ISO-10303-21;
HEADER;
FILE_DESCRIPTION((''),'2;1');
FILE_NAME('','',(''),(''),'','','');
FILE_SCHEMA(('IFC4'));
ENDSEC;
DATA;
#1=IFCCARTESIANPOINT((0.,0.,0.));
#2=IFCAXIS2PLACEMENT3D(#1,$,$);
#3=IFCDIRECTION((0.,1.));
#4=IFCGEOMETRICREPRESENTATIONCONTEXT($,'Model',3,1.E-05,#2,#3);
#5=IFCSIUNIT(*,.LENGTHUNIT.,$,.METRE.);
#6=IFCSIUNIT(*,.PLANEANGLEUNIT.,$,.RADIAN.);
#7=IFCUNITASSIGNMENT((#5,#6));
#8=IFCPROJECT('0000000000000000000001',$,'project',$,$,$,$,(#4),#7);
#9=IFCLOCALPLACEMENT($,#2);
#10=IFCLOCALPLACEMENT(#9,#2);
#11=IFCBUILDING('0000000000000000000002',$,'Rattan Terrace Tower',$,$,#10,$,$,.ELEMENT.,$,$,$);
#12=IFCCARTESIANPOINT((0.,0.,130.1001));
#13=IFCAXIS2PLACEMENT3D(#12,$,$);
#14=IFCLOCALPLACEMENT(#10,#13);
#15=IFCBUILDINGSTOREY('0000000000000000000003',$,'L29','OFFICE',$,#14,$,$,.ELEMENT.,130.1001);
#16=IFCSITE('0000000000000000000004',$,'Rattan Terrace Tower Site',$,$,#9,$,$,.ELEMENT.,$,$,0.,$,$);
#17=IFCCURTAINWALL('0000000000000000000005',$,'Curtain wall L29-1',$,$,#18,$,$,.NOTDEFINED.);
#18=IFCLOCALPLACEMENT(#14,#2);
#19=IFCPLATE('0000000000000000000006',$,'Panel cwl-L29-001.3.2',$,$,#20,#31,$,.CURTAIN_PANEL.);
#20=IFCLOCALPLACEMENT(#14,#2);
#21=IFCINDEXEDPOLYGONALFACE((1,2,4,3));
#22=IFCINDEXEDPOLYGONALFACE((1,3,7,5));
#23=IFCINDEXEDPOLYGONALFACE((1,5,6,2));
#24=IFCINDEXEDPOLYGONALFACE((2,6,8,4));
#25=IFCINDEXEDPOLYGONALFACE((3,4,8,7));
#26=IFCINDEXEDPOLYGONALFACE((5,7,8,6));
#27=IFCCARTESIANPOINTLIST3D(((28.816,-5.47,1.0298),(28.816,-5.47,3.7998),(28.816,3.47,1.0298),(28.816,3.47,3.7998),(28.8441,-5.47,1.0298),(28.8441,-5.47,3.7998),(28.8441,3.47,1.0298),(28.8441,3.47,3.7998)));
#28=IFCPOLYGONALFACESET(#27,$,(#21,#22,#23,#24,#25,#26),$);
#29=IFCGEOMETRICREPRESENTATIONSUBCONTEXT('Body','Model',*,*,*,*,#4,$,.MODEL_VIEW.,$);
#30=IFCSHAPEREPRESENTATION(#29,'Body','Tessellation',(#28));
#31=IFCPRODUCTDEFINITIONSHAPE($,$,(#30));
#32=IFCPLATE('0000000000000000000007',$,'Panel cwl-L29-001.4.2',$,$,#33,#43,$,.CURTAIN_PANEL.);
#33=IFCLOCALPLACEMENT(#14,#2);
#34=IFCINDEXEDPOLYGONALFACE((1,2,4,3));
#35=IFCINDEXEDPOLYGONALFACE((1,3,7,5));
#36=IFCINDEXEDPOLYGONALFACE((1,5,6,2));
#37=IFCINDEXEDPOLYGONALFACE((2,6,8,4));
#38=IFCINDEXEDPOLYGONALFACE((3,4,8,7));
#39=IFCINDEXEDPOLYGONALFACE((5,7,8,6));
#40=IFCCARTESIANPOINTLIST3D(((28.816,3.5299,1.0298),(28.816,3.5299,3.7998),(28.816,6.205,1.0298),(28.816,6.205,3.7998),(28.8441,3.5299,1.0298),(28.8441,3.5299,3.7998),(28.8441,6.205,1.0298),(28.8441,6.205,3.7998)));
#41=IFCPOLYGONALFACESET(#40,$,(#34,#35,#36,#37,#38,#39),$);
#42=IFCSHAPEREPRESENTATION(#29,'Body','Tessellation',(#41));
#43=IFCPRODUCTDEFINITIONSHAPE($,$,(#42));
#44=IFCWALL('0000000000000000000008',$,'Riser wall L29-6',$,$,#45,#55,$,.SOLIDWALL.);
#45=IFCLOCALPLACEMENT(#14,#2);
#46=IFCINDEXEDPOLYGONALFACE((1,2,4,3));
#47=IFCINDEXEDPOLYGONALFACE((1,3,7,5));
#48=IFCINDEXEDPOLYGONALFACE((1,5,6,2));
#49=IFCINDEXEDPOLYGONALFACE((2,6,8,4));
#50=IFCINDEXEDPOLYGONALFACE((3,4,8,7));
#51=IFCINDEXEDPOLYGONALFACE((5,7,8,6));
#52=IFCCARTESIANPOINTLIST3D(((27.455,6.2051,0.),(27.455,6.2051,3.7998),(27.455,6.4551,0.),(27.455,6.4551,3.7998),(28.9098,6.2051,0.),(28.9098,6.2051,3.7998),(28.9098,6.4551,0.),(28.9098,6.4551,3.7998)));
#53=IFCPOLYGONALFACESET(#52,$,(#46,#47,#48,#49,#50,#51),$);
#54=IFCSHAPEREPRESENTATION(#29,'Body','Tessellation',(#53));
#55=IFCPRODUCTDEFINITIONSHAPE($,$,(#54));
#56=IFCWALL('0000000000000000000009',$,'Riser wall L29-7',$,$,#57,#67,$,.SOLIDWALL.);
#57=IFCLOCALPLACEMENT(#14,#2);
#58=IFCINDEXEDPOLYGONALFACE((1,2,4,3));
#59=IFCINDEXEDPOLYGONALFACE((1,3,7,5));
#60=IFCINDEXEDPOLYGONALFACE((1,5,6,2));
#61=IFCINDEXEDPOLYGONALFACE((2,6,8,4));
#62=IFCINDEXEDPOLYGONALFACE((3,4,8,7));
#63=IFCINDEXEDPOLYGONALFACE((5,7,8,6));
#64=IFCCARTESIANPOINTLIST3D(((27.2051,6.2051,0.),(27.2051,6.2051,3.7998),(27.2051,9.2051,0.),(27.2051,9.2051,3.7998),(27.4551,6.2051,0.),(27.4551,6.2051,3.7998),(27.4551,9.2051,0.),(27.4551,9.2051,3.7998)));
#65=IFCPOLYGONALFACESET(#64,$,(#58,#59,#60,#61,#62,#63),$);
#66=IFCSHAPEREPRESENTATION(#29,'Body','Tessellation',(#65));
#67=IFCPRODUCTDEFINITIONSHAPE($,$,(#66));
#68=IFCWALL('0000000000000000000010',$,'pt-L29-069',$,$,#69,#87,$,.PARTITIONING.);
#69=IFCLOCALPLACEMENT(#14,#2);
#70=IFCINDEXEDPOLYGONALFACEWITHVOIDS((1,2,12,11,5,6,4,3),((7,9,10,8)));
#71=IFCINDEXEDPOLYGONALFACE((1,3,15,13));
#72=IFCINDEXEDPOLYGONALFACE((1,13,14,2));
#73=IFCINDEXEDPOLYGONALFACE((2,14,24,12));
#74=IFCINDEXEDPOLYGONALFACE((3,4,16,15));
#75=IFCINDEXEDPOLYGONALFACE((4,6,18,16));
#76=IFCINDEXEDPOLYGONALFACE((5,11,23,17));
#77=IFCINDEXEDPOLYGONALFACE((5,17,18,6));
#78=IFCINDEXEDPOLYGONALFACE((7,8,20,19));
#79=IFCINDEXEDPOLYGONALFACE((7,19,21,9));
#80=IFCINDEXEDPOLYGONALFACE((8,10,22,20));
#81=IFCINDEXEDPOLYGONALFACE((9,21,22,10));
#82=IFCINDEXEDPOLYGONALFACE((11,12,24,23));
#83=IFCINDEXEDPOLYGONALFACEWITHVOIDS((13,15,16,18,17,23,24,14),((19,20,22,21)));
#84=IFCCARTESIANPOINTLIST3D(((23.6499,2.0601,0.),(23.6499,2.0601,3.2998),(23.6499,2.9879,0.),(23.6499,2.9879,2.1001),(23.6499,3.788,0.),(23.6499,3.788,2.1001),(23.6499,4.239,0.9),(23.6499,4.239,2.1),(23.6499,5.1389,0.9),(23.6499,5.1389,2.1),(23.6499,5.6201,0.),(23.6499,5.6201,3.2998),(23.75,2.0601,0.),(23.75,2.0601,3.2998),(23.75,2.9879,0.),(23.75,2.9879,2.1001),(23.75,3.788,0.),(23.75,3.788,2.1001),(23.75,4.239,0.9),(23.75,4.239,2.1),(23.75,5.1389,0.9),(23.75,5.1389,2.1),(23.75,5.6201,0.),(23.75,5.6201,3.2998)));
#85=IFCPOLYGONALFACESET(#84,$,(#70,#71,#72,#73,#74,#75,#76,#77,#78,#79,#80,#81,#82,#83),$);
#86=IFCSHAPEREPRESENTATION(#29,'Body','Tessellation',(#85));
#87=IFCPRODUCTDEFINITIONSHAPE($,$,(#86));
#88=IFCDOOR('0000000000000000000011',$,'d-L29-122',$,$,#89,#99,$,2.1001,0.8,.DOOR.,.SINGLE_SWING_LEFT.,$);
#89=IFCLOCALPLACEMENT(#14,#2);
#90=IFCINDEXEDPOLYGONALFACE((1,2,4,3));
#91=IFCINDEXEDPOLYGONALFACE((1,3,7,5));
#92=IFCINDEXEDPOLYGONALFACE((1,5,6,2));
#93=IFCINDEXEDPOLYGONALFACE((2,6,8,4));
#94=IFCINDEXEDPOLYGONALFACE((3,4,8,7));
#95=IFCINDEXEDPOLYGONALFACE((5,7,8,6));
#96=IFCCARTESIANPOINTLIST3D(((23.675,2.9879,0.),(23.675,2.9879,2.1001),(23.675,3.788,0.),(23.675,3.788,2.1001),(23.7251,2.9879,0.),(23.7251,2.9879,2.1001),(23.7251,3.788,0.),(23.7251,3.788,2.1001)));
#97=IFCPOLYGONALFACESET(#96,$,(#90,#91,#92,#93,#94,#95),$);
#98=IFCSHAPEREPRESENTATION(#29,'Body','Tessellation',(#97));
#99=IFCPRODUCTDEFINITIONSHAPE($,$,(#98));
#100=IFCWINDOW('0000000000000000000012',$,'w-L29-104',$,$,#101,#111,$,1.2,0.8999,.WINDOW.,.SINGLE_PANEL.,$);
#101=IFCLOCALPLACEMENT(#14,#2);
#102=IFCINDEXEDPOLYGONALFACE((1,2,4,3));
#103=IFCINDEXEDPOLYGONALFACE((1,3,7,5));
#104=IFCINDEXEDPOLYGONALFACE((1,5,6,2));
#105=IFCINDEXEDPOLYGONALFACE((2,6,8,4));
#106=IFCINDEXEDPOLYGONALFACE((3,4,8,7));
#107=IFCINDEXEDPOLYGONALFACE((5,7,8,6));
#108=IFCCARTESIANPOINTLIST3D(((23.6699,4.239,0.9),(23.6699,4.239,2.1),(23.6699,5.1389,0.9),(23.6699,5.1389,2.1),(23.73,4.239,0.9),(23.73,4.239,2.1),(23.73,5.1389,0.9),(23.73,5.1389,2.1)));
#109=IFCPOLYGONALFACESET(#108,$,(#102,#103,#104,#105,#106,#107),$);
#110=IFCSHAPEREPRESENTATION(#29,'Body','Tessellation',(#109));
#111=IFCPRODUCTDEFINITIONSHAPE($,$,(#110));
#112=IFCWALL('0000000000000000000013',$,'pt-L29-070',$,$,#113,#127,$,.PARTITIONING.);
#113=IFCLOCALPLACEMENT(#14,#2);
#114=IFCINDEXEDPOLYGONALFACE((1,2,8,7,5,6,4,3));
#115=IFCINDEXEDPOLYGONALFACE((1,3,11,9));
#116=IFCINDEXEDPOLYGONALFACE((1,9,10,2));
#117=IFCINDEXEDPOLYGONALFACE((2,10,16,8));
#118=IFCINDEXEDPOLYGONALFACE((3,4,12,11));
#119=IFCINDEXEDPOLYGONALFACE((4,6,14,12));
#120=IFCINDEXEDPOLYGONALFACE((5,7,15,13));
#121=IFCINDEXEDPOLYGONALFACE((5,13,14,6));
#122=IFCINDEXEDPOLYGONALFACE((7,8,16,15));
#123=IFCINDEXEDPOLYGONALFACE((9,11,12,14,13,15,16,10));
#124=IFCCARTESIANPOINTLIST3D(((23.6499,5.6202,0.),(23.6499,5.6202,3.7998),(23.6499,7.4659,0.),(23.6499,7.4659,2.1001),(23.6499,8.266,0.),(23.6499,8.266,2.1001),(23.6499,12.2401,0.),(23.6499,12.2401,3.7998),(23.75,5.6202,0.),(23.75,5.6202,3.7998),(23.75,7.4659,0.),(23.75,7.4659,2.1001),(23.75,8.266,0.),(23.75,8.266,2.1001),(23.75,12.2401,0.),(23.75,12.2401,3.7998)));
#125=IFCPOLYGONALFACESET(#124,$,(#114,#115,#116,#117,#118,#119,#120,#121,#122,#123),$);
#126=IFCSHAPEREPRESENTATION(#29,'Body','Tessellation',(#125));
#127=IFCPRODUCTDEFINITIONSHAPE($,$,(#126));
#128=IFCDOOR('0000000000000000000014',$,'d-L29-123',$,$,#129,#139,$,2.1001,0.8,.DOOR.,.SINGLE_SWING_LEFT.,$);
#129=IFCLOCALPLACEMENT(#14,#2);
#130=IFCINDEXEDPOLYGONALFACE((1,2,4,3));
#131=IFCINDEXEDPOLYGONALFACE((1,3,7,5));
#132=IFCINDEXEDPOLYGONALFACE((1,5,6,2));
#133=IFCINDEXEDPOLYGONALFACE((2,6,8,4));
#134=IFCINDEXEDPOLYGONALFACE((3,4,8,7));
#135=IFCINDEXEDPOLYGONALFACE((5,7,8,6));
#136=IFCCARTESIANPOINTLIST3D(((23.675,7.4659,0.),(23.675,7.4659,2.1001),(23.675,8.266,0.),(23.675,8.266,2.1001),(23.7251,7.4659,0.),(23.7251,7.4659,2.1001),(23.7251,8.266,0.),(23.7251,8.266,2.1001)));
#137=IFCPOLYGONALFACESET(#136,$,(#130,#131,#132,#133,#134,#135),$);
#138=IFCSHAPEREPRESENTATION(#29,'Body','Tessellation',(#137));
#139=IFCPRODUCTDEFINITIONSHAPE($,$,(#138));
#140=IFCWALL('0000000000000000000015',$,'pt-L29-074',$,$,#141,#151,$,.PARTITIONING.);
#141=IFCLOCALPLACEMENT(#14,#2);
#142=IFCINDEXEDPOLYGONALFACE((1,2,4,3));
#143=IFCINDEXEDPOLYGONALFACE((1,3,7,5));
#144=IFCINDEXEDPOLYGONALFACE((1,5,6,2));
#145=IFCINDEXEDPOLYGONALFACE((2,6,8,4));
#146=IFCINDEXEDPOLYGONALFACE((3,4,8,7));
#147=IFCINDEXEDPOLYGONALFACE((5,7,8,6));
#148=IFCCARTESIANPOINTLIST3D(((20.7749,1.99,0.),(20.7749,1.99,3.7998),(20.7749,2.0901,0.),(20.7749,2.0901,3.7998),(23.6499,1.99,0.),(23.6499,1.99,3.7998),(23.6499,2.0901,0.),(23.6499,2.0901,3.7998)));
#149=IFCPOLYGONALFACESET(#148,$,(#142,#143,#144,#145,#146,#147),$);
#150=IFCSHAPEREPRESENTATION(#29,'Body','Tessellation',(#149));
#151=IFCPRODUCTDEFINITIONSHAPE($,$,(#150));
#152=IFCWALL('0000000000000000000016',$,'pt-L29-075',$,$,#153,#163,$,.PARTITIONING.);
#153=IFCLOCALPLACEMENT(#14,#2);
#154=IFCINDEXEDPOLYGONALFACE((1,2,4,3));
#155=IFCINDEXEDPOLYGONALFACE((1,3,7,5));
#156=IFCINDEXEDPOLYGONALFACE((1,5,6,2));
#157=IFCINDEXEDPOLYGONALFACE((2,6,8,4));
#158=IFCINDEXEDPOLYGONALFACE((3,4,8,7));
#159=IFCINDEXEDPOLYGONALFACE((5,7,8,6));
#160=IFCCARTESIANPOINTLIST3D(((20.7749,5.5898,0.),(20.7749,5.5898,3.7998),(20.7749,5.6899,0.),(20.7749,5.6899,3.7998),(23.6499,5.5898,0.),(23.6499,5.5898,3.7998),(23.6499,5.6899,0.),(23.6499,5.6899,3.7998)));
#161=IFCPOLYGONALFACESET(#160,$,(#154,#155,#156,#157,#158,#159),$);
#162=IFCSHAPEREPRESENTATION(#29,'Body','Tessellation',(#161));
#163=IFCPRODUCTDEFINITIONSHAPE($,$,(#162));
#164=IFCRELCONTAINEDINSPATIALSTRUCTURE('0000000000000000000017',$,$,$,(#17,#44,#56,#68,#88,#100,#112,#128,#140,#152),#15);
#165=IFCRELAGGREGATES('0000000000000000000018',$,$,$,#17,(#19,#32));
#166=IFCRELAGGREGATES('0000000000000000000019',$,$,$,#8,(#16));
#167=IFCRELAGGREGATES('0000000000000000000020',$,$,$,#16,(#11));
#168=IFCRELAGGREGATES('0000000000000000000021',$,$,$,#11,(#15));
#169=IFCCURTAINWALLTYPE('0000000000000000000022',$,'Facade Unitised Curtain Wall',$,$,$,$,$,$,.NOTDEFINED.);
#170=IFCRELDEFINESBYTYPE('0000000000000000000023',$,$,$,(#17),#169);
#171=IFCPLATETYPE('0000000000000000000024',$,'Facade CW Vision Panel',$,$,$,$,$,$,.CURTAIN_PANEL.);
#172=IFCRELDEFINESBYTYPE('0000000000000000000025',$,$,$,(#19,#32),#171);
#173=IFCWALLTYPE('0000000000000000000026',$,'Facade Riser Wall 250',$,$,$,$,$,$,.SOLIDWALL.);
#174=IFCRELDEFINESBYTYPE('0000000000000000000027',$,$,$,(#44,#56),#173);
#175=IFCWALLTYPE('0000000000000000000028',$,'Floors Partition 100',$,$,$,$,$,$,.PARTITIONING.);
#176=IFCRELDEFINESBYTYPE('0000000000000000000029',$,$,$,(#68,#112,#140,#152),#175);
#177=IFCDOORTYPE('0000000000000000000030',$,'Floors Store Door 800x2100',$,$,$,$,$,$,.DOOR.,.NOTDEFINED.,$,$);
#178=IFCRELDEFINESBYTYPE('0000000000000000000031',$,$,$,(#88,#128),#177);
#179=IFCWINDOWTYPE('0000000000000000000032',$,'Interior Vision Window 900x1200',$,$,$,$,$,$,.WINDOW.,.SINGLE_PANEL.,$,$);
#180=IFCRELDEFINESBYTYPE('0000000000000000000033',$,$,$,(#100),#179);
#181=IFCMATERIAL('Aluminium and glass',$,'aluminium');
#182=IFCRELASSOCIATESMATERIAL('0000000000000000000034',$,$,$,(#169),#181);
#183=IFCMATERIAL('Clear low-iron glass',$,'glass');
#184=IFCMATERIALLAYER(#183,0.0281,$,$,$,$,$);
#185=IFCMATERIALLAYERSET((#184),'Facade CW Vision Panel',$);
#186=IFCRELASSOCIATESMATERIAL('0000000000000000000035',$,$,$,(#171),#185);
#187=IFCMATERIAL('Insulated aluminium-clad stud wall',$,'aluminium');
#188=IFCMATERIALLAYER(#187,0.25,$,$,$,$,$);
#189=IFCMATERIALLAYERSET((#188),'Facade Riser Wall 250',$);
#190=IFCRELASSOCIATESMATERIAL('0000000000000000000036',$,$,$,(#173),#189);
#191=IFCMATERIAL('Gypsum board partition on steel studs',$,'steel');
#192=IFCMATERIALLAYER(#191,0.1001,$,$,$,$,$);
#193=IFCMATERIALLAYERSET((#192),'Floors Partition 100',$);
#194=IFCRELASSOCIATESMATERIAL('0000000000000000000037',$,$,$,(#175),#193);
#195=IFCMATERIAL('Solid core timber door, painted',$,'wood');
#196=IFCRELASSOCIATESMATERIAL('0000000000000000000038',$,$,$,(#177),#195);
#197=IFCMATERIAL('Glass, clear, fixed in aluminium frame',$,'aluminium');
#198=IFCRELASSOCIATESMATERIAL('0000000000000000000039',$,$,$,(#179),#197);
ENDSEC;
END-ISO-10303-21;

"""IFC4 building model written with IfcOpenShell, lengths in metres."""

from ifc_helpers import new_model, si_unit, direction, frame, frame_2d, origin, origin_2d, place, context, subcontext, project, spatial, rectangle, extrude, material, layer, layer_set, type_object, element, fill, aggregate, save


model = new_model("IFC4")

# Units and contexts
model_context = context("Model", 3, precision=1e-05, world=origin(), true_north=direction((0.0, 1.0)))
body_context = subcontext(model_context, "Body", "Model", "MODEL_VIEW")
ifc_project = project(units=[si_unit("LENGTHUNIT", "METRE"), si_unit("PLANEANGLEUNIT", "RADIAN")], contexts=[model_context])

# Site, building, storey
site_placement = place(None, origin())
site = spatial("IfcSite", under=ifc_project, at=site_placement, Name="Rattan Terrace Tower Site", CompositionType="ELEMENT", RefElevation=0.0)
building_placement = place(site_placement, origin())
building = spatial("IfcBuilding", under=site, at=building_placement, Name="Rattan Terrace Tower", CompositionType="ELEMENT")
storey_placement = place(building_placement, frame((0.0, 0.0, 130.1001)))
storey = spatial("IfcBuildingStorey", under=building, at=storey_placement, Name="L29", Description="OFFICE", CompositionType="ELEMENT", Elevation=130.1001)

# Curtain wall
ifc_material_1 = material(Name="Aluminium and glass", Category="aluminium")
curtain_wall_type = type_object("IfcCurtainWallType", Name="Facade Unitised Curtain Wall", PredefinedType="NOTDEFINED", material=ifc_material_1)
curtain_wall_placement = place(storey_placement, origin())
curtain_wall = element("IfcCurtainWall", 1, at=curtain_wall_placement, inside=storey, type_object=curtain_wall_type, Name="Curtain wall L29-1", PredefinedType="NOTDEFINED")

# Plates
ifc_material_2 = material(Name="Clear low-iron glass", Category="glass")
ifc_layer_1 = layer(ifc_material_2, 0.0281)
ifc_layer_set_1 = layer_set([ifc_layer_1], Name="Facade CW Vision Panel")
plate_type_1 = type_object("IfcPlateType", Name="Facade CW Vision Panel", PredefinedType="CURTAIN_PANEL", material=ifc_layer_set_1)
plate_1_placement = place(storey_placement, frame((28.8301, -1.0, 1.0298), z_axis=(0.0, 0.0, 1.0), x_axis=(0.0, 1.0, 0.0)))
plate_1 = element("IfcPlate", 2, at=plate_1_placement, type_object=plate_type_1, Name="Panel cwl-L29-001.3.2", PredefinedType="CURTAIN_PANEL", context=body_context, shape_type="SweptSolid", body=[
    extrude(rectangle(XDim=8.9399, YDim=0.0281, at=origin_2d()), origin(), (0.0, 0.0, 1.0), 2.77),
])
plate_2_placement = place(storey_placement, frame((28.8301, 4.8674, 1.0298), z_axis=(0.0, 0.0, 1.0), x_axis=(0.0, 1.0, 0.0)))
plate_2 = element("IfcPlate", 3, at=plate_2_placement, type_object=plate_type_1, Name="Panel cwl-L29-001.4.2", PredefinedType="CURTAIN_PANEL", context=body_context, shape_type="SweptSolid", body=[
    extrude(rectangle(XDim=2.675, YDim=0.0281, at=origin_2d()), origin(), (0.0, 0.0, 1.0), 2.77),
])
aggregate(curtain_wall, [plate_1, plate_2])

# Walls
ifc_material_3 = material(Name="Insulated aluminium-clad stud wall", Category="aluminium")
ifc_layer_2 = layer(ifc_material_3, 0.25)
ifc_layer_set_2 = layer_set([ifc_layer_2], Name="Facade Riser Wall 250")
wall_type_1 = type_object("IfcWallType", Name="Facade Riser Wall 250", PredefinedType="SOLIDWALL", material=ifc_layer_set_2)
wall_1_placement = place(storey_placement, frame((28.9099, 6.3301, 0.0), z_axis=(0.0, 0.0, 1.0), x_axis=(-1.0, 0.0, 0.0)))
element("IfcWall", 4, at=wall_1_placement, inside=storey, type_object=wall_type_1, Name="Riser wall L29-6", PredefinedType="SOLIDWALL", context=body_context, shape_type="SweptSolid", body=[
    extrude(rectangle(XDim=1.4548, YDim=0.25, at=frame_2d((0.7275, 0.0))), origin(), (0.0, 0.0, 1.0), 3.7998),
])
wall_2_placement = place(storey_placement, frame((27.3301, 6.2051, 0.0), z_axis=(0.0, 0.0, 1.0), x_axis=(0.0, 1.0, 0.0)))
element("IfcWall", 5, at=wall_2_placement, inside=storey, type_object=wall_type_1, Name="Riser wall L29-7", PredefinedType="SOLIDWALL", context=body_context, shape_type="SweptSolid", body=[
    extrude(rectangle(XDim=3.0, YDim=0.25, at=frame_2d((1.5, 0.0))), origin(), (0.0, 0.0, 1.0), 3.7998),
])

# Wall, openings, door, window
ifc_material_4 = material(Name="Gypsum board partition on steel studs", Category="steel")
ifc_layer_3 = layer(ifc_material_4, 0.1001)
ifc_layer_set_3 = layer_set([ifc_layer_3], Name="Floors Partition 100")
wall_type_2 = type_object("IfcWallType", Name="Floors Partition 100", PredefinedType="PARTITIONING", material=ifc_layer_set_3)
wall_3_placement = place(storey_placement, frame((23.7, 2.0601, 0.0), z_axis=(0.0, 0.0, 1.0), x_axis=(0.0, 1.0, 0.0)))
wall_3 = element("IfcWall", 6, at=wall_3_placement, inside=storey, type_object=wall_type_2, Name="pt-L29-069", PredefinedType="PARTITIONING", context=body_context, shape_type="SweptSolid", body=[
    extrude(rectangle(XDim=3.5601, YDim=0.1001, at=frame_2d((1.78, 0.0))), origin(), (0.0, 0.0, 1.0), 3.2998),
])
opening_1_placement = place(wall_3_placement, frame((0.928, 0.0, 0.0)))
opening_1 = element("IfcOpeningElement", 7, at=opening_1_placement, cuts=wall_3, PredefinedType="OPENING", context=body_context, shape_type="SweptSolid", body=[
    extrude(rectangle(XDim=0.8, YDim=2.1001, at=frame_2d((0.3999, 1.05))), frame((0.0, 0.0605, 0.0), z_axis=(0.0, -1.0, 0.0), x_axis=(1.0, 0.0, 0.0)), (0.0, 0.0, 1.0), 0.1211),
])
opening_2_placement = place(wall_3_placement, frame((2.179, 0.0, 0.8999)))
opening_2 = element("IfcOpeningElement", 8, at=opening_2_placement, cuts=wall_3, PredefinedType="OPENING", context=body_context, shape_type="SweptSolid", body=[
    extrude(rectangle(XDim=0.8999, YDim=1.2, at=frame_2d((0.45, 0.6001))), frame((0.0, 0.0605, 0.0), z_axis=(0.0, -1.0, 0.0), x_axis=(1.0, 0.0, 0.0)), (0.0, 0.0, 1.0), 0.1211),
])
ifc_material_5 = material(Name="Solid core timber door, painted", Category="wood")
door_type_1 = type_object("IfcDoorType", Name="Floors Store Door 800x2100", OperationType="NOTDEFINED", PredefinedType="DOOR", material=ifc_material_5)
door_1_placement = place(opening_1_placement, origin())
door_1 = element("IfcDoor", 9, at=door_1_placement, inside=storey, type_object=door_type_1, Name="d-L29-122", OperationType="SINGLE_SWING_LEFT", OverallHeight=2.1001, OverallWidth=0.8, PredefinedType="DOOR", context=body_context, shape_type="SweptSolid", body=[
    extrude(rectangle(XDim=0.8, YDim=2.1001, at=frame_2d((0.3999, 1.05))), frame((0.0, 0.0249, 0.0), z_axis=(0.0, -1.0, 0.0), x_axis=(1.0, 0.0, 0.0)), (0.0, 0.0, 1.0), 0.05),
])
fill(opening_1, door_1)
ifc_material_6 = material(Name="Glass, clear, fixed in aluminium frame", Category="aluminium")
window_type = type_object("IfcWindowType", Name="Interior Vision Window 900x1200", PartitioningType="SINGLE_PANEL", PredefinedType="WINDOW", material=ifc_material_6)
window_placement = place(opening_2_placement, origin())
window = element("IfcWindow", 10, at=window_placement, inside=storey, type_object=window_type, Name="w-L29-104", OverallHeight=1.2, OverallWidth=0.8999, PartitioningType="SINGLE_PANEL", PredefinedType="WINDOW", context=body_context, shape_type="SweptSolid", body=[
    extrude(rectangle(XDim=0.8999, YDim=1.2, at=frame_2d((0.45, 0.6001))), frame((0.0, 0.03, 0.0), z_axis=(0.0, -1.0, 0.0), x_axis=(1.0, 0.0, 0.0)), (0.0, 0.0, 1.0), 0.0601),
])
fill(opening_2, window)

# Wall, opening, door
wall_4_placement = place(storey_placement, frame((23.7, 5.6201, 0.0), z_axis=(0.0, 0.0, 1.0), x_axis=(0.0, 1.0, 0.0)))
wall_4 = element("IfcWall", 11, at=wall_4_placement, inside=storey, type_object=wall_type_2, Name="pt-L29-070", PredefinedType="PARTITIONING", context=body_context, shape_type="SweptSolid", body=[
    extrude(rectangle(XDim=6.6199, YDim=0.1001, at=frame_2d((3.3101, 0.0))), origin(), (0.0, 0.0, 1.0), 3.7998),
])
opening_3_placement = place(wall_4_placement, frame((1.8459, 0.0, 0.0)))
opening_3 = element("IfcOpeningElement", 12, at=opening_3_placement, cuts=wall_4, PredefinedType="OPENING", context=body_context, shape_type="SweptSolid", body=[
    extrude(rectangle(XDim=0.8, YDim=2.1001, at=frame_2d((0.3999, 1.05))), frame((0.0, 0.0605, 0.0), z_axis=(0.0, -1.0, 0.0), x_axis=(1.0, 0.0, 0.0)), (0.0, 0.0, 1.0), 0.1211),
])
door_2_placement = place(opening_3_placement, origin())
door_2 = element("IfcDoor", 13, at=door_2_placement, inside=storey, type_object=door_type_1, Name="d-L29-123", OperationType="SINGLE_SWING_LEFT", OverallHeight=2.1001, OverallWidth=0.8, PredefinedType="DOOR", context=body_context, shape_type="SweptSolid", body=[
    extrude(rectangle(XDim=0.8, YDim=2.1001, at=frame_2d((0.3999, 1.05))), frame((0.0, 0.0249, 0.0), z_axis=(0.0, -1.0, 0.0), x_axis=(1.0, 0.0, 0.0)), (0.0, 0.0, 1.0), 0.05),
])
fill(opening_3, door_2)

# Walls
for number, where, z_axis, x_axis, name in (
    (14, (20.7749, 2.04, 0.0), (0.0, 0.0, 1.0), (1.0, 0.0, 0.0), "pt-L29-074"),
    (15, (20.7749, 5.6399, 0.0), (0.0, 0.0, 1.0), (1.0, 0.0, 0.0), "pt-L29-075"),
):
    element("IfcWall", number, at=place(storey_placement, frame(where, z_axis=z_axis, x_axis=x_axis)), inside=storey, type_object=wall_type_2, Name=name, PredefinedType="PARTITIONING", context=body_context, shape_type="SweptSolid", body=[
        extrude(rectangle(XDim=2.875, YDim=0.1001, at=frame_2d((1.4375, 0.0))), origin(), (0.0, 0.0, 1.0), 3.7998),
    ])

save(model, "model.ifc")
